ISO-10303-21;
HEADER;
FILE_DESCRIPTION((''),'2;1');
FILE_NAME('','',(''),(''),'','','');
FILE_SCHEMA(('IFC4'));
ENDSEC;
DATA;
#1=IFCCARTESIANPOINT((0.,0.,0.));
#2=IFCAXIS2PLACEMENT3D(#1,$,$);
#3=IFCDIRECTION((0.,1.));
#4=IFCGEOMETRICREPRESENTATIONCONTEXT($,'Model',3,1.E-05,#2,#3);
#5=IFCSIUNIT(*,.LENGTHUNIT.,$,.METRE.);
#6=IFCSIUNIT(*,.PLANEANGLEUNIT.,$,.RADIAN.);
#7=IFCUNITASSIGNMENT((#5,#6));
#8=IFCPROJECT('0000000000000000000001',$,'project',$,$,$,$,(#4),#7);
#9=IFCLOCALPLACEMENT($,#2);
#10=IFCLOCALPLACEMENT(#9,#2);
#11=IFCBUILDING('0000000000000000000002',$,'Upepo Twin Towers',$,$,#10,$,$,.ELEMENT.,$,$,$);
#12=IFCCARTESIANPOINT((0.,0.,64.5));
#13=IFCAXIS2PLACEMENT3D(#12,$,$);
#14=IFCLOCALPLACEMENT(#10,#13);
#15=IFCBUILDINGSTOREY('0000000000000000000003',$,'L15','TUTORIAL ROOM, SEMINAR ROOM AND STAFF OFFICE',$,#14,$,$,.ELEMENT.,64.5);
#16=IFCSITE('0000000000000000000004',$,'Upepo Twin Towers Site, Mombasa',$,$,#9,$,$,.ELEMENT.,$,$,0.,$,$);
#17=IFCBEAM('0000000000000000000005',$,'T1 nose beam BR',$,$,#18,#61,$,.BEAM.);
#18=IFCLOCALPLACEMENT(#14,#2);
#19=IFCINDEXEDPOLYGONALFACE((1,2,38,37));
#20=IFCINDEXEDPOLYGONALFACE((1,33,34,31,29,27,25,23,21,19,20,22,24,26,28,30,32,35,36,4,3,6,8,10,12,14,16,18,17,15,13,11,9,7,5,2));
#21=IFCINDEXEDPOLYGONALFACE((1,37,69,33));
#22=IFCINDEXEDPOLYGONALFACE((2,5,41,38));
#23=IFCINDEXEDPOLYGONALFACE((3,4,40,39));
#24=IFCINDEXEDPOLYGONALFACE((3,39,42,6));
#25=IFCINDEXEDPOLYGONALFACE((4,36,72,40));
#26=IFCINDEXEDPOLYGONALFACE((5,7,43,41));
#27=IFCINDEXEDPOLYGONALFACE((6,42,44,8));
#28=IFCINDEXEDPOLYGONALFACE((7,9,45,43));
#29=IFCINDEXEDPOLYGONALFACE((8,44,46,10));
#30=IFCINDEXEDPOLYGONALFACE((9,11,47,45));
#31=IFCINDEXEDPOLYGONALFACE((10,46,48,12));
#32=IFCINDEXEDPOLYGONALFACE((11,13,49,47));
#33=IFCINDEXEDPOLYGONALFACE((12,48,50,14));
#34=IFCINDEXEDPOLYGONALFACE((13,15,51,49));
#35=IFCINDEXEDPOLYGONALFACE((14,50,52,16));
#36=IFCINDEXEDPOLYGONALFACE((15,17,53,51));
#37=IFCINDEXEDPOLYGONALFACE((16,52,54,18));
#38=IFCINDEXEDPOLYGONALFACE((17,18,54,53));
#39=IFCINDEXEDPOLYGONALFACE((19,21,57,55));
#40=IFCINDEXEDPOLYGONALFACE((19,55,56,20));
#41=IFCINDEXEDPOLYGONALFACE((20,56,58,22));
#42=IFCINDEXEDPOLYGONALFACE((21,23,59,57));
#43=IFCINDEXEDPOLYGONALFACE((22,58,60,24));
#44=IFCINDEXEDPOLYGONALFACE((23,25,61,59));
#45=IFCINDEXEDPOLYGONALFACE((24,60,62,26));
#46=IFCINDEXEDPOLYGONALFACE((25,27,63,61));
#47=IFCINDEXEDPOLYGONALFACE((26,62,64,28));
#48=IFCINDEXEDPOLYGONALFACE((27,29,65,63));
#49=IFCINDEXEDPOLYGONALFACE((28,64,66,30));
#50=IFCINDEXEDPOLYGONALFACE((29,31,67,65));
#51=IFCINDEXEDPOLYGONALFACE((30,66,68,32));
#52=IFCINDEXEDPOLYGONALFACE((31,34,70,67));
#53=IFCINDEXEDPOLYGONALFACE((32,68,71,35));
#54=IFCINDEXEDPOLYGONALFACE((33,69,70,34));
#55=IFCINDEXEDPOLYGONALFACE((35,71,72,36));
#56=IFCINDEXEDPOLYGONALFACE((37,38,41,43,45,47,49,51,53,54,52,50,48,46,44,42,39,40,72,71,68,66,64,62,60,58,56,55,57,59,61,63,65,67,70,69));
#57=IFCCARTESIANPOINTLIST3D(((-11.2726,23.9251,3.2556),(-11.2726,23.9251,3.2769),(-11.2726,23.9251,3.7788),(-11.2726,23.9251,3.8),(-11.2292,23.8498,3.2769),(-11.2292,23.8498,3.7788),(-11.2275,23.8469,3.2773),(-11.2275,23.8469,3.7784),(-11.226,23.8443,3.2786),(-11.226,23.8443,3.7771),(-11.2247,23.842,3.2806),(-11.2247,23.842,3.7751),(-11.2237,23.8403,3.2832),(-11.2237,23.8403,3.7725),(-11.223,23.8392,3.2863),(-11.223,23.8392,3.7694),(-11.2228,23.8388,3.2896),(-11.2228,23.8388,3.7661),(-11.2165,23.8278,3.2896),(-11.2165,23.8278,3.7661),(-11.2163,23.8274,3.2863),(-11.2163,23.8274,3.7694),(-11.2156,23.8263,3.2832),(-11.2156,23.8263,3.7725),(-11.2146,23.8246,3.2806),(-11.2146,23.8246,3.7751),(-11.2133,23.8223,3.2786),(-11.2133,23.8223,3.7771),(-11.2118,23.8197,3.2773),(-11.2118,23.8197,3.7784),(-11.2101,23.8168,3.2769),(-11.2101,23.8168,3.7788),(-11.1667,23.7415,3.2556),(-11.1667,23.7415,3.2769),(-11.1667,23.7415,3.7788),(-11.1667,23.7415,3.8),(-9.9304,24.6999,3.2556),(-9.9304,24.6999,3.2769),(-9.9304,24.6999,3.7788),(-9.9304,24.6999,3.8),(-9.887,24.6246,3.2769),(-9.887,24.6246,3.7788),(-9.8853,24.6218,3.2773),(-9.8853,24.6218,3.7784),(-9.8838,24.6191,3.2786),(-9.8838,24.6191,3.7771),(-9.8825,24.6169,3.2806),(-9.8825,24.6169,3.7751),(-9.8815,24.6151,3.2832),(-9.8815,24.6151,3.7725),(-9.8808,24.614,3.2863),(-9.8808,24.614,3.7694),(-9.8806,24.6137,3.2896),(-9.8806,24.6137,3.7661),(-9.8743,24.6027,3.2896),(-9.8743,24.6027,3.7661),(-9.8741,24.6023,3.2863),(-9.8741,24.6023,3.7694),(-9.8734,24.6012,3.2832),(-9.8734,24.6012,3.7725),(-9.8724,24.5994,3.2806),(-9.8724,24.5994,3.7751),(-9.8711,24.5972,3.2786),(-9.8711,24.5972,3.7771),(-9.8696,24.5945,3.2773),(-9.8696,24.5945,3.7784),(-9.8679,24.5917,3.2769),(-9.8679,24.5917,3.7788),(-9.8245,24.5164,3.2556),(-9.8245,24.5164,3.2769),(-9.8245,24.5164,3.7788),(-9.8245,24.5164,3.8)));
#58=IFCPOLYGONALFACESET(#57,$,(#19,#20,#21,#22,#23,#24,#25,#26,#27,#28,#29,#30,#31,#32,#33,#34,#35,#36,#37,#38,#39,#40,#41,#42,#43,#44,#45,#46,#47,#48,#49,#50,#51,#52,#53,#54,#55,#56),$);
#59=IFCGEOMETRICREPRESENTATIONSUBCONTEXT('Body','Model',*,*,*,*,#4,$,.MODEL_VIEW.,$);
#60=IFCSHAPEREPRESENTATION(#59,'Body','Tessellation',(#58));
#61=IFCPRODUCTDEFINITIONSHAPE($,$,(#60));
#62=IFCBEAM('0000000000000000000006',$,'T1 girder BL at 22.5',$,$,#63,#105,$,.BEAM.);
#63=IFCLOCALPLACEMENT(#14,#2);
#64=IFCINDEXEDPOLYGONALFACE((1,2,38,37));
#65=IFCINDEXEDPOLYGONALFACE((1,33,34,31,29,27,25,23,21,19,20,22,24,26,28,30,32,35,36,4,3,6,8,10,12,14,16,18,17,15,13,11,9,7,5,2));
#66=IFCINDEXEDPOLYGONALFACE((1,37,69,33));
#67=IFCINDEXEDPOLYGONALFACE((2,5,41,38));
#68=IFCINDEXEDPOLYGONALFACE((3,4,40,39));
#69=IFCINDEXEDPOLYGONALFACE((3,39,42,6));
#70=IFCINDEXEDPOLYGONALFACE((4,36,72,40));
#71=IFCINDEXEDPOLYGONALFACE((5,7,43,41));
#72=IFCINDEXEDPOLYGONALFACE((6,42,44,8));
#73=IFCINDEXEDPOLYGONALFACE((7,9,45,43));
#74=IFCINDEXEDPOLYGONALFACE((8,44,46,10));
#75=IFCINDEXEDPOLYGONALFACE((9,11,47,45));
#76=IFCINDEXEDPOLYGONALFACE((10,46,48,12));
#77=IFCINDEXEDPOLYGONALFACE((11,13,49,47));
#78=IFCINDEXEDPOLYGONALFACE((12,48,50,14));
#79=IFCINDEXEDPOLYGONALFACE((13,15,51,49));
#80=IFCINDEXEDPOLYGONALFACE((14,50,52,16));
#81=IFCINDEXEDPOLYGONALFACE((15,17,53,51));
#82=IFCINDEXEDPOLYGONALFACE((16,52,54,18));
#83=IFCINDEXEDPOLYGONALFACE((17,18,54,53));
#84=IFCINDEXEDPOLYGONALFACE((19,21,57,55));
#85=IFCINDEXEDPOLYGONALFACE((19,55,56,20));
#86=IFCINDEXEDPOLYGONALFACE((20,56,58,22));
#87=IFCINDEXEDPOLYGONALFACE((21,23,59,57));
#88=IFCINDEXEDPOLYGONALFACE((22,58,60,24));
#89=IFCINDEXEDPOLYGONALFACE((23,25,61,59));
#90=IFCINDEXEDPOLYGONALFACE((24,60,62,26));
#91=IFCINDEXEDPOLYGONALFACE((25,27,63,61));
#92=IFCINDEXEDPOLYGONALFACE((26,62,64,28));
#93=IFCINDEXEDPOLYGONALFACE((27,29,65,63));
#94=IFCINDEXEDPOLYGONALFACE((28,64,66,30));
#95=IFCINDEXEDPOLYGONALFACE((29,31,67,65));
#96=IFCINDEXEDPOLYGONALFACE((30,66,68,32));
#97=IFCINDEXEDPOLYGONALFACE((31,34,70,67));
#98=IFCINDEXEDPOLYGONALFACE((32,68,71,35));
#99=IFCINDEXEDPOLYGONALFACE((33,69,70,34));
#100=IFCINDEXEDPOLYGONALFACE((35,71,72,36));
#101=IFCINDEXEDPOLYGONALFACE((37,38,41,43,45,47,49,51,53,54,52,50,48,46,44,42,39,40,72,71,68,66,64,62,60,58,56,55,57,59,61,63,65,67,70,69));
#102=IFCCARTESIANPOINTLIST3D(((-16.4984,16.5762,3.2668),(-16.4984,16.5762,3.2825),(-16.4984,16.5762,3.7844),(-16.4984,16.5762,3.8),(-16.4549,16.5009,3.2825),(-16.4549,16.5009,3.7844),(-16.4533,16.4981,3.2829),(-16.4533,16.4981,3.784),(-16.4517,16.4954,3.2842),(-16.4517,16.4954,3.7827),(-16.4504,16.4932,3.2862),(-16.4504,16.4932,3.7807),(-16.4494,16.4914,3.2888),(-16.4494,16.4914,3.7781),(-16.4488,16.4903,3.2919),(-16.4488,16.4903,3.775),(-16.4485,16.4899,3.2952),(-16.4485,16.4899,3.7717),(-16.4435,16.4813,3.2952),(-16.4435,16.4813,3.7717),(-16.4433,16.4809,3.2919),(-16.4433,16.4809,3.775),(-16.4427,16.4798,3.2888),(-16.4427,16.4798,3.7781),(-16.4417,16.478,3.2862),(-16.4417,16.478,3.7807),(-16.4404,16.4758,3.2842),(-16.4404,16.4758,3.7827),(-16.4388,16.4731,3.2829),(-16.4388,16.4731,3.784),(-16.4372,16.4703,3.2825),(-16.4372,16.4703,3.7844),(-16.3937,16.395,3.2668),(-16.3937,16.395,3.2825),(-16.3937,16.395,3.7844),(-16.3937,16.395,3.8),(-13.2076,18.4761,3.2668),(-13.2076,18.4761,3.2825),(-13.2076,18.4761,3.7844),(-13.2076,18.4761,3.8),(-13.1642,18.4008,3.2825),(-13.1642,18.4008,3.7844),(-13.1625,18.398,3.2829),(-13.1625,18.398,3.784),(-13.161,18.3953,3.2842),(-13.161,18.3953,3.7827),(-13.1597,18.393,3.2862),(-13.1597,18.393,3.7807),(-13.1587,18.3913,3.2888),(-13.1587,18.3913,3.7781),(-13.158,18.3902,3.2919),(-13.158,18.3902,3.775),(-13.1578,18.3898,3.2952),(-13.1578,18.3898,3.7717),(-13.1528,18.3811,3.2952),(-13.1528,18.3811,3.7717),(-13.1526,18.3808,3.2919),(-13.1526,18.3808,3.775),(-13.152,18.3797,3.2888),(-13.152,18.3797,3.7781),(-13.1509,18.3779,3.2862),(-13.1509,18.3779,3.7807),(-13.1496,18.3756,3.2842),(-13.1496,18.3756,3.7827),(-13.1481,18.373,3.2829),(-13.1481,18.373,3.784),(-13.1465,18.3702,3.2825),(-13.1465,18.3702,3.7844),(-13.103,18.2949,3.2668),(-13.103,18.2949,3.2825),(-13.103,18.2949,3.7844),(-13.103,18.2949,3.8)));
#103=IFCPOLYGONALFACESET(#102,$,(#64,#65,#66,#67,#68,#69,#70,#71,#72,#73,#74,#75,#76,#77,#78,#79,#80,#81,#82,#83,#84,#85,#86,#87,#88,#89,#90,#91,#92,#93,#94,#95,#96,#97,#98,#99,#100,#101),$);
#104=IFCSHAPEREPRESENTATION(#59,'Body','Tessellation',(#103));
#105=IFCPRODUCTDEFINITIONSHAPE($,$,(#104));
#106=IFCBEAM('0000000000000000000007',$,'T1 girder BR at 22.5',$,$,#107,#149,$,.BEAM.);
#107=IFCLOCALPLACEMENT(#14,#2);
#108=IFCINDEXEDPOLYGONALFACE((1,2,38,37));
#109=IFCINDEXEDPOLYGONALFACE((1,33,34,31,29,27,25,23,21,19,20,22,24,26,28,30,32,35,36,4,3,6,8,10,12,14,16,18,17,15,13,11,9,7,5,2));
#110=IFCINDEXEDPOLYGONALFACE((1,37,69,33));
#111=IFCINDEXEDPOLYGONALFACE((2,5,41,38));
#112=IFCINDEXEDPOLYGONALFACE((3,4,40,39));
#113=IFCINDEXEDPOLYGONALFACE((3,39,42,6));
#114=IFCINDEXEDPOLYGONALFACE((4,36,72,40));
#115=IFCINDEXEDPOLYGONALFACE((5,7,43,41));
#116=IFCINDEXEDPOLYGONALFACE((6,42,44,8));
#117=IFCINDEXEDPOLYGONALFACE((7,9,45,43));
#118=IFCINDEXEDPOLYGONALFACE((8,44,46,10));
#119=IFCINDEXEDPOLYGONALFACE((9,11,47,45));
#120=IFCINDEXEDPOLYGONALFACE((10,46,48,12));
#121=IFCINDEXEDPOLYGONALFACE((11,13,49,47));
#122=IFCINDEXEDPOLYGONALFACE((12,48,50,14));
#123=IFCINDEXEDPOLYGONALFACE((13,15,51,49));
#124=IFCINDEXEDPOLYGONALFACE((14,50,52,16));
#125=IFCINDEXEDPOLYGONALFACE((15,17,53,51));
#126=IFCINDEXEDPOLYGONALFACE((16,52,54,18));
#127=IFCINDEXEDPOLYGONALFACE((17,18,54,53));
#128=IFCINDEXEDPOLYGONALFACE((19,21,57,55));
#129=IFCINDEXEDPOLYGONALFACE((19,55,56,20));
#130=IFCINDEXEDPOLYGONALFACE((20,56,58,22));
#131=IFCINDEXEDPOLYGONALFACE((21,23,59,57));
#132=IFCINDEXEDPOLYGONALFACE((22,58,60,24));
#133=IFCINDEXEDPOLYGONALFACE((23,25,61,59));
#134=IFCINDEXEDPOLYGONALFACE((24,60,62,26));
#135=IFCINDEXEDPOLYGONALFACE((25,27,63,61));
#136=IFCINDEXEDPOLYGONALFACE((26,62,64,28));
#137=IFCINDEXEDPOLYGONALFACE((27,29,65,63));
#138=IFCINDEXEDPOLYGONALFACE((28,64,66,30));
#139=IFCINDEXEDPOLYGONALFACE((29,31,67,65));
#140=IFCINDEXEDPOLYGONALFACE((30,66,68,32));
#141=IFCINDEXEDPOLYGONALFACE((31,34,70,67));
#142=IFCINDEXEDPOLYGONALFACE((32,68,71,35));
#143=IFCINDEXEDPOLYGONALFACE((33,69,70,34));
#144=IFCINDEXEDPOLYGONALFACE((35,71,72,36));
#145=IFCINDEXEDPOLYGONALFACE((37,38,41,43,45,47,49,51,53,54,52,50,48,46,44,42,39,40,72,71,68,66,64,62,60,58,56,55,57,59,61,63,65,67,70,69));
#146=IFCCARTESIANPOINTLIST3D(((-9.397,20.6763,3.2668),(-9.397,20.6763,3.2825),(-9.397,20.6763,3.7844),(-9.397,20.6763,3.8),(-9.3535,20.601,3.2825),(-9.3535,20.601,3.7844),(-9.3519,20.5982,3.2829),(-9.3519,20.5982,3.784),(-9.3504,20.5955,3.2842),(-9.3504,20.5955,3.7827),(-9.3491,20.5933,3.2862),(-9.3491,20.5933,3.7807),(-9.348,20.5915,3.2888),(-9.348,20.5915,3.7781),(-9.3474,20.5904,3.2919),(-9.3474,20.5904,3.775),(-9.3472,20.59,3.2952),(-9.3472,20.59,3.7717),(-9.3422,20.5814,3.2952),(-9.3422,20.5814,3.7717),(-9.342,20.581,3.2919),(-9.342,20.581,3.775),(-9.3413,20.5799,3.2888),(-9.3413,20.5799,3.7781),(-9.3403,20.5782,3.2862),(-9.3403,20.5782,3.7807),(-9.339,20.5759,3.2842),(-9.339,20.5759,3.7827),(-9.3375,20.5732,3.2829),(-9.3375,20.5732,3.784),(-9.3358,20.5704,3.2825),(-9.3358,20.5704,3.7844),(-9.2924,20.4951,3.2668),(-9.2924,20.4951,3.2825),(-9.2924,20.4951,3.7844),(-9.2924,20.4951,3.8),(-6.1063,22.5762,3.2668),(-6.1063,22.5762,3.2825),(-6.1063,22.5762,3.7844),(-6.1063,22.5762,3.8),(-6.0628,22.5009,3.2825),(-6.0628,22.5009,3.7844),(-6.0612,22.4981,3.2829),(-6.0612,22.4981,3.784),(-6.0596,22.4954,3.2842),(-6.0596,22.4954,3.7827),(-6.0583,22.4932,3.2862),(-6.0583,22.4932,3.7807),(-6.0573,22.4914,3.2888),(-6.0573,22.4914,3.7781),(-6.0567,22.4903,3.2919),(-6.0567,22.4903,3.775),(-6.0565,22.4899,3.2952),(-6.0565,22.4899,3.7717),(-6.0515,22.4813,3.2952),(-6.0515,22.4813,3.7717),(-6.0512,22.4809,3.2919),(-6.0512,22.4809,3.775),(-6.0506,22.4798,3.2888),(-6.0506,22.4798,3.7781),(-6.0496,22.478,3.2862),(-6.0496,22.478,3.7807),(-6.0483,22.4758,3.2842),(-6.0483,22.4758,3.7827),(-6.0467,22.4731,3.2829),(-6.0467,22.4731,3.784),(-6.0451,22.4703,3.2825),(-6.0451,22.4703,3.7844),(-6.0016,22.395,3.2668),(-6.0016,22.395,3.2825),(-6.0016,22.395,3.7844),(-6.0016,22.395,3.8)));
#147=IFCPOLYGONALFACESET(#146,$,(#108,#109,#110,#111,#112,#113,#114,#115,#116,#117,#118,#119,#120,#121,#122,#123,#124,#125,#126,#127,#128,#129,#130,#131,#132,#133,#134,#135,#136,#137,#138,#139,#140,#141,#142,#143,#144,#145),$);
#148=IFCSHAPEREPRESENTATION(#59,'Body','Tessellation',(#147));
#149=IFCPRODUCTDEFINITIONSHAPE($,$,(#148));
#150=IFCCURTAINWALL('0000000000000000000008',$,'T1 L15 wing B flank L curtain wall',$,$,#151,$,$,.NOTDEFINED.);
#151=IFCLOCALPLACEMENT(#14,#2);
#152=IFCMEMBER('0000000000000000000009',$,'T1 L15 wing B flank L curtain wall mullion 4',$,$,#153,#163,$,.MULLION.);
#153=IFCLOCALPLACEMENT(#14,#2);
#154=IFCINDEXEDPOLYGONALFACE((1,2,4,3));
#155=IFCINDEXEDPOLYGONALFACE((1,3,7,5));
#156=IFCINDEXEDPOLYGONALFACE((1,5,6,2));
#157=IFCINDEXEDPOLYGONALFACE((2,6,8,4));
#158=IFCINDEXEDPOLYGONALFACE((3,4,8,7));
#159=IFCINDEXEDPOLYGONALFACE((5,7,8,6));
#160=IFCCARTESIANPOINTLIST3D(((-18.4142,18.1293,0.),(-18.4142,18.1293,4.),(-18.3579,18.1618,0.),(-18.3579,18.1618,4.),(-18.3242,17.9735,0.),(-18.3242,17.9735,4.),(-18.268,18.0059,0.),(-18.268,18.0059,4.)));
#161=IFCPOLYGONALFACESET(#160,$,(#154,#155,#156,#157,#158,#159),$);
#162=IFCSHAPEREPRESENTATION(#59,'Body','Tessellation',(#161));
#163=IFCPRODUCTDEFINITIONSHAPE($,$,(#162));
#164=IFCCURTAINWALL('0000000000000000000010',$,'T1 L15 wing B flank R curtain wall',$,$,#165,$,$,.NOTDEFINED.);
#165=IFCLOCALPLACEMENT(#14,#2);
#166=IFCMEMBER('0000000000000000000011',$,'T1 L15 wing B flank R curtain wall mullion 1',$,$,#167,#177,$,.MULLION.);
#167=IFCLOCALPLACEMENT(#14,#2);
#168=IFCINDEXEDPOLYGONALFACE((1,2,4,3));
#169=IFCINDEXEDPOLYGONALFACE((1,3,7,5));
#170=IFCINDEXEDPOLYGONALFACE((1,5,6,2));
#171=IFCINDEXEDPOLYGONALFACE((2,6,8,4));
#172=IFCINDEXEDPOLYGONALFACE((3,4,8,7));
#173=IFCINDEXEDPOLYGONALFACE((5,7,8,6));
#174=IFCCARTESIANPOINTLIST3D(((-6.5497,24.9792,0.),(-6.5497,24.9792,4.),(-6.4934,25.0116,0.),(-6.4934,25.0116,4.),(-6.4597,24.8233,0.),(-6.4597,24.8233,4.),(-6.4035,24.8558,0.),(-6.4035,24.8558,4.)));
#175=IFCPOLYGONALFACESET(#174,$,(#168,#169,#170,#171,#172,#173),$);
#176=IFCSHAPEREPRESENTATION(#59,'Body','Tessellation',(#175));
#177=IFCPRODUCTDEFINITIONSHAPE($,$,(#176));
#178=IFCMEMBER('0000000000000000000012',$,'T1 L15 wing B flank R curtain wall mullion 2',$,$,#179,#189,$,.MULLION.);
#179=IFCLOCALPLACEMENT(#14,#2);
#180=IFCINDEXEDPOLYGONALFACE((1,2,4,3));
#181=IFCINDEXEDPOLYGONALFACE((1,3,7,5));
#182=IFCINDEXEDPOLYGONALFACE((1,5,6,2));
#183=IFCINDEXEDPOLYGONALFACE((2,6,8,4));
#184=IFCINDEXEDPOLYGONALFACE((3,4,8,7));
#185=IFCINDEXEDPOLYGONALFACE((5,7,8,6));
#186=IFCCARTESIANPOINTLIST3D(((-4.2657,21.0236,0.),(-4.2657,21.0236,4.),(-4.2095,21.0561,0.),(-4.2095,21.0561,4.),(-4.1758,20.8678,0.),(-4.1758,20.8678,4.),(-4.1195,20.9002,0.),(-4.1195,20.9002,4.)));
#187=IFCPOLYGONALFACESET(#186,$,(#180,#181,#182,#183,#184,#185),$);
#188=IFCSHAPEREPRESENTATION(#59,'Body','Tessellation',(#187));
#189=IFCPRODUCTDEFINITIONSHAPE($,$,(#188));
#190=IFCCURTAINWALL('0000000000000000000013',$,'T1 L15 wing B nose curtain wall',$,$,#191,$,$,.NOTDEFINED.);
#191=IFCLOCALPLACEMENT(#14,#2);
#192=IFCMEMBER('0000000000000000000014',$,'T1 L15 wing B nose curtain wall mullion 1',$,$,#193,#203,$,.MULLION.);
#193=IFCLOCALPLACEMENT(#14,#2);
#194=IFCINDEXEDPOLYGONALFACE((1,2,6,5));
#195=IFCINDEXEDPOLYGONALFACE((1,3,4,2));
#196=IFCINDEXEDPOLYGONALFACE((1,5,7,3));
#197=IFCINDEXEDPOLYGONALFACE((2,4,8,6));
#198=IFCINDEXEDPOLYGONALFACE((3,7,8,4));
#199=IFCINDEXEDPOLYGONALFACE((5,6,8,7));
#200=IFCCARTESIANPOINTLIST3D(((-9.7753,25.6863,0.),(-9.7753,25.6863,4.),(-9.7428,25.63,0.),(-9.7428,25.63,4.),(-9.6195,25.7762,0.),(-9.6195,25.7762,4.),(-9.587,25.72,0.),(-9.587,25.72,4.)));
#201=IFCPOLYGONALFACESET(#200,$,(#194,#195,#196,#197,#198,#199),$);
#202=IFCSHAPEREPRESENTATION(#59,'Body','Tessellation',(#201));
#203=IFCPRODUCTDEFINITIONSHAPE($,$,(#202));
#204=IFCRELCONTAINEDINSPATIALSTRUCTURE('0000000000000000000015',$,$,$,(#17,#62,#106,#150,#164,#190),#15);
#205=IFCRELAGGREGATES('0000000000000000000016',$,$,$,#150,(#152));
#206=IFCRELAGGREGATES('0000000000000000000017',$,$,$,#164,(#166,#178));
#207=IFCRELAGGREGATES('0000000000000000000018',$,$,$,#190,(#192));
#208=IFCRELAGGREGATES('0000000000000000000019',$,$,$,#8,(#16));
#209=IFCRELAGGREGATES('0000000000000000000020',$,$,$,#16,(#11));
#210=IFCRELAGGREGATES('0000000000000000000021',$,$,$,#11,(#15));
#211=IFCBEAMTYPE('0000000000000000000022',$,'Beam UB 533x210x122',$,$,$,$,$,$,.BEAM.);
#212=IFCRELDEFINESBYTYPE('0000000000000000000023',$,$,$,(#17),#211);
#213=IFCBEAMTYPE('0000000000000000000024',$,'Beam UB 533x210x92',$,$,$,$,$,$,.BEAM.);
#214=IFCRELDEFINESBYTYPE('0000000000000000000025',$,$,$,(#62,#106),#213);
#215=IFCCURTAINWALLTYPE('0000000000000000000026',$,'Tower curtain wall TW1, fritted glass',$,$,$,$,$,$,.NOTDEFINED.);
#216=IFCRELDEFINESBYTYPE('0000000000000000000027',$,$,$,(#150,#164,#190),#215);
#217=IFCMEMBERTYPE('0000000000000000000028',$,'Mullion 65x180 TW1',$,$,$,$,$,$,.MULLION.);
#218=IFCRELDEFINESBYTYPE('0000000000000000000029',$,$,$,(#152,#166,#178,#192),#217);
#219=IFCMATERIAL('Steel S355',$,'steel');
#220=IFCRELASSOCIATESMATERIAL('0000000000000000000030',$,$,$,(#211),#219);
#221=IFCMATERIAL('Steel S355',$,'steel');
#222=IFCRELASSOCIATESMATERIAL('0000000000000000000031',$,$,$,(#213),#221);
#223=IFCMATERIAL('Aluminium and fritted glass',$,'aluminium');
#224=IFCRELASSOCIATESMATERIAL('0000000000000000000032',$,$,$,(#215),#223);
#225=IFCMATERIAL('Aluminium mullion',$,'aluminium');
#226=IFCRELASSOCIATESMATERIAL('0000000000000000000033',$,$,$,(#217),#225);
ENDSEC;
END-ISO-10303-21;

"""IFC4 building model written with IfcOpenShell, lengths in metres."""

from ifc_helpers import new_model, si_unit, direction, frame, origin, origin_2d, place, context, subcontext, project, spatial, rectangle, i_section, extrude, material, material_profile, profile_set, type_object, element, aggregate, save


model = new_model("IFC4")

# Units and contexts
model_context = context("Model", 3, precision=1e-05, world=origin(), true_north=direction((0.0, 1.0)))
body_context = subcontext(model_context, "Body", "Model", "MODEL_VIEW")
ifc_project = project(units=[si_unit("LENGTHUNIT", "METRE"), si_unit("PLANEANGLEUNIT", "RADIAN")], contexts=[model_context])

# Site, building, storey
site_placement = place(None, origin())
site = spatial("IfcSite", under=ifc_project, at=site_placement, Name="Upepo Twin Towers Site, Mombasa", CompositionType="ELEMENT", RefElevation=0.0)
building_placement = place(site_placement, origin())
building = spatial("IfcBuilding", under=site, at=building_placement, Name="Upepo Twin Towers", CompositionType="ELEMENT")
storey_placement = place(building_placement, frame((0.0, 0.0, 64.5)))
storey = spatial("IfcBuildingStorey", under=building, at=storey_placement, Name="L15", Description="TUTORIAL ROOM, SEMINAR ROOM AND STAFF OFFICE", CompositionType="ELEMENT", Elevation=64.5)

# Beams
ifc_material_1 = material(Name="Steel S355", Category="steel")
ifc_material_profile_1 = material_profile(ifc_material_1, i_section(OverallWidth=0.2119, OverallDepth=0.5444, WebThickness=0.0127, FlangeThickness=0.0212, FilletRadius=0.0127, at=origin_2d()), Name="UB 533x210x122")
ifc_profile_set_1 = profile_set([ifc_material_profile_1], Name="Steel S355")
beam_type_1 = type_object("IfcBeamType", Name="Beam UB 533x210x122", PredefinedType="BEAM", material=ifc_profile_set_1)
for number, where, z_axis, x_axis, name in (
    (1, (-9.8774, 24.6082, 3.5278), (-0.866044, -0.499968, 0.0), (0.499968, -0.866044, 0.0), "T1 nose beam BR"),
):
    element("IfcBeam", number, at=place(storey_placement, frame(where, z_axis=z_axis, x_axis=x_axis)), inside=storey, type_object=beam_type_1, Name=name, PredefinedType="BEAM", context=body_context, shape_type="SweptSolid", body=[
        extrude(i_section(OverallWidth=0.2119, OverallDepth=0.5444, WebThickness=0.0127, FlangeThickness=0.0212, FilletRadius=0.0127, at=origin_2d()), origin(), (0.0, 0.0, 1.0), 1.5498),
    ])
ifc_material_2 = material(Name="Steel S355", Category="steel")
ifc_material_profile_2 = material_profile(ifc_material_2, i_section(OverallWidth=0.2092, OverallDepth=0.5332, WebThickness=0.01, FlangeThickness=0.0156, FilletRadius=0.0127, at=origin_2d()), Name="UB 533x210x92")
ifc_profile_set_2 = profile_set([ifc_material_profile_2], Name="Steel S355")
beam_type_2 = type_object("IfcBeamType", Name="Beam UB 533x210x92", PredefinedType="BEAM", material=ifc_profile_set_2)
for number, where, z_axis, x_axis, name in (
    (2, (-16.446, 16.4856, 3.5334), (0.866028, 0.499995, 0.0), (-0.499995, 0.866028, 0.0), "T1 girder BL at 22.5"),
    (3, (-6.054, 22.4856, 3.5334), (-0.866028, -0.499995, 0.0), (0.499995, -0.866028, 0.0), "T1 girder BR at 22.5"),
):
    element("IfcBeam", number, at=place(storey_placement, frame(where, z_axis=z_axis, x_axis=x_axis)), inside=storey, type_object=beam_type_2, Name=name, PredefinedType="BEAM", context=body_context, shape_type="SweptSolid", body=[
        extrude(i_section(OverallWidth=0.2092, OverallDepth=0.5332, WebThickness=0.01, FlangeThickness=0.0156, FilletRadius=0.0127, at=origin_2d()), origin(), (0.0, 0.0, 1.0), 3.7998),
    ])

# Curtain wall, member
ifc_material_3 = material(Name="Aluminium and fritted glass", Category="aluminium")
curtain_wall_type = type_object("IfcCurtainWallType", Name="Tower curtain wall TW1, fritted glass", PredefinedType="NOTDEFINED", material=ifc_material_3)
curtain_wall_1_placement = place(storey_placement, origin())
curtain_wall_1 = element("IfcCurtainWall", 4, at=curtain_wall_1_placement, inside=storey, type_object=curtain_wall_type, Name="T1 L15 wing B flank L curtain wall", PredefinedType="NOTDEFINED")
ifc_material_4 = material(Name="Aluminium mullion", Category="aluminium")
ifc_material_profile_3 = material_profile(ifc_material_4, rectangle(XDim=0.0649, YDim=0.1799, at=origin_2d()), Name="MULLION 65x180")
ifc_profile_set_3 = profile_set([ifc_material_profile_3], Name="Aluminium mullion")
member_type_1 = type_object("IfcMemberType", Name="Mullion 65x180 TW1", PredefinedType="MULLION", material=ifc_profile_set_3)
member_1_placement = place(storey_placement, frame((-18.3411, 18.0676, 0.0), z_axis=(0.0, 0.0, 1.0), x_axis=(-0.866025, -0.5, 0.0)))
member_1 = element("IfcMember", 5, at=member_1_placement, type_object=member_type_1, Name="T1 L15 wing B flank L curtain wall mullion 4", PredefinedType="MULLION", context=body_context, shape_type="SweptSolid", body=[
    extrude(rectangle(XDim=0.0649, YDim=0.1799, at=origin_2d()), origin(), (0.0, 0.0, 1.0), 4.0),
])
aggregate(curtain_wall_1, [member_1])

# Curtain walls, members
curtain_wall_2_placement = place(storey_placement, origin())
curtain_wall_2 = element("IfcCurtainWall", 6, at=curtain_wall_2_placement, inside=storey, type_object=curtain_wall_type, Name="T1 L15 wing B flank R curtain wall", PredefinedType="NOTDEFINED")
member_2_placement = place(storey_placement, frame((-6.4766, 24.9175, 0.0), z_axis=(0.0, 0.0, 1.0), x_axis=(0.866025, 0.5, 0.0)))
member_2 = element("IfcMember", 7, at=member_2_placement, type_object=member_type_1, Name="T1 L15 wing B flank R curtain wall mullion 1", PredefinedType="MULLION", context=body_context, shape_type="SweptSolid", body=[
    extrude(rectangle(XDim=0.0649, YDim=0.1799, at=origin_2d()), origin(), (0.0, 0.0, 1.0), 4.0),
])
member_3_placement = place(storey_placement, frame((-4.1926, 20.9619, 0.0), z_axis=(0.0, 0.0, 1.0), x_axis=(0.866025, 0.5, 0.0)))
member_3 = element("IfcMember", 8, at=member_3_placement, type_object=member_type_1, Name="T1 L15 wing B flank R curtain wall mullion 2", PredefinedType="MULLION", context=body_context, shape_type="SweptSolid", body=[
    extrude(rectangle(XDim=0.0649, YDim=0.1799, at=origin_2d()), origin(), (0.0, 0.0, 1.0), 4.0),
])
curtain_wall_3_placement = place(storey_placement, origin())
curtain_wall_3 = element("IfcCurtainWall", 9, at=curtain_wall_3_placement, inside=storey, type_object=curtain_wall_type, Name="T1 L15 wing B nose curtain wall", PredefinedType="NOTDEFINED")
member_4_placement = place(storey_placement, frame((-9.6812, 25.7031, 0.0), z_axis=(0.0, 0.0, 1.0), x_axis=(0.5, -0.866025, 0.0)))
member_4 = element("IfcMember", 10, at=member_4_placement, type_object=member_type_1, Name="T1 L15 wing B nose curtain wall mullion 1", PredefinedType="MULLION", context=body_context, shape_type="SweptSolid", body=[
    extrude(rectangle(XDim=0.0649, YDim=0.1799, at=origin_2d()), origin(), (0.0, 0.0, 1.0), 4.0),
])

aggregate(curtain_wall_2, [member_2, member_3])
aggregate(curtain_wall_3, [member_4])

save(model, "model.ifc")
